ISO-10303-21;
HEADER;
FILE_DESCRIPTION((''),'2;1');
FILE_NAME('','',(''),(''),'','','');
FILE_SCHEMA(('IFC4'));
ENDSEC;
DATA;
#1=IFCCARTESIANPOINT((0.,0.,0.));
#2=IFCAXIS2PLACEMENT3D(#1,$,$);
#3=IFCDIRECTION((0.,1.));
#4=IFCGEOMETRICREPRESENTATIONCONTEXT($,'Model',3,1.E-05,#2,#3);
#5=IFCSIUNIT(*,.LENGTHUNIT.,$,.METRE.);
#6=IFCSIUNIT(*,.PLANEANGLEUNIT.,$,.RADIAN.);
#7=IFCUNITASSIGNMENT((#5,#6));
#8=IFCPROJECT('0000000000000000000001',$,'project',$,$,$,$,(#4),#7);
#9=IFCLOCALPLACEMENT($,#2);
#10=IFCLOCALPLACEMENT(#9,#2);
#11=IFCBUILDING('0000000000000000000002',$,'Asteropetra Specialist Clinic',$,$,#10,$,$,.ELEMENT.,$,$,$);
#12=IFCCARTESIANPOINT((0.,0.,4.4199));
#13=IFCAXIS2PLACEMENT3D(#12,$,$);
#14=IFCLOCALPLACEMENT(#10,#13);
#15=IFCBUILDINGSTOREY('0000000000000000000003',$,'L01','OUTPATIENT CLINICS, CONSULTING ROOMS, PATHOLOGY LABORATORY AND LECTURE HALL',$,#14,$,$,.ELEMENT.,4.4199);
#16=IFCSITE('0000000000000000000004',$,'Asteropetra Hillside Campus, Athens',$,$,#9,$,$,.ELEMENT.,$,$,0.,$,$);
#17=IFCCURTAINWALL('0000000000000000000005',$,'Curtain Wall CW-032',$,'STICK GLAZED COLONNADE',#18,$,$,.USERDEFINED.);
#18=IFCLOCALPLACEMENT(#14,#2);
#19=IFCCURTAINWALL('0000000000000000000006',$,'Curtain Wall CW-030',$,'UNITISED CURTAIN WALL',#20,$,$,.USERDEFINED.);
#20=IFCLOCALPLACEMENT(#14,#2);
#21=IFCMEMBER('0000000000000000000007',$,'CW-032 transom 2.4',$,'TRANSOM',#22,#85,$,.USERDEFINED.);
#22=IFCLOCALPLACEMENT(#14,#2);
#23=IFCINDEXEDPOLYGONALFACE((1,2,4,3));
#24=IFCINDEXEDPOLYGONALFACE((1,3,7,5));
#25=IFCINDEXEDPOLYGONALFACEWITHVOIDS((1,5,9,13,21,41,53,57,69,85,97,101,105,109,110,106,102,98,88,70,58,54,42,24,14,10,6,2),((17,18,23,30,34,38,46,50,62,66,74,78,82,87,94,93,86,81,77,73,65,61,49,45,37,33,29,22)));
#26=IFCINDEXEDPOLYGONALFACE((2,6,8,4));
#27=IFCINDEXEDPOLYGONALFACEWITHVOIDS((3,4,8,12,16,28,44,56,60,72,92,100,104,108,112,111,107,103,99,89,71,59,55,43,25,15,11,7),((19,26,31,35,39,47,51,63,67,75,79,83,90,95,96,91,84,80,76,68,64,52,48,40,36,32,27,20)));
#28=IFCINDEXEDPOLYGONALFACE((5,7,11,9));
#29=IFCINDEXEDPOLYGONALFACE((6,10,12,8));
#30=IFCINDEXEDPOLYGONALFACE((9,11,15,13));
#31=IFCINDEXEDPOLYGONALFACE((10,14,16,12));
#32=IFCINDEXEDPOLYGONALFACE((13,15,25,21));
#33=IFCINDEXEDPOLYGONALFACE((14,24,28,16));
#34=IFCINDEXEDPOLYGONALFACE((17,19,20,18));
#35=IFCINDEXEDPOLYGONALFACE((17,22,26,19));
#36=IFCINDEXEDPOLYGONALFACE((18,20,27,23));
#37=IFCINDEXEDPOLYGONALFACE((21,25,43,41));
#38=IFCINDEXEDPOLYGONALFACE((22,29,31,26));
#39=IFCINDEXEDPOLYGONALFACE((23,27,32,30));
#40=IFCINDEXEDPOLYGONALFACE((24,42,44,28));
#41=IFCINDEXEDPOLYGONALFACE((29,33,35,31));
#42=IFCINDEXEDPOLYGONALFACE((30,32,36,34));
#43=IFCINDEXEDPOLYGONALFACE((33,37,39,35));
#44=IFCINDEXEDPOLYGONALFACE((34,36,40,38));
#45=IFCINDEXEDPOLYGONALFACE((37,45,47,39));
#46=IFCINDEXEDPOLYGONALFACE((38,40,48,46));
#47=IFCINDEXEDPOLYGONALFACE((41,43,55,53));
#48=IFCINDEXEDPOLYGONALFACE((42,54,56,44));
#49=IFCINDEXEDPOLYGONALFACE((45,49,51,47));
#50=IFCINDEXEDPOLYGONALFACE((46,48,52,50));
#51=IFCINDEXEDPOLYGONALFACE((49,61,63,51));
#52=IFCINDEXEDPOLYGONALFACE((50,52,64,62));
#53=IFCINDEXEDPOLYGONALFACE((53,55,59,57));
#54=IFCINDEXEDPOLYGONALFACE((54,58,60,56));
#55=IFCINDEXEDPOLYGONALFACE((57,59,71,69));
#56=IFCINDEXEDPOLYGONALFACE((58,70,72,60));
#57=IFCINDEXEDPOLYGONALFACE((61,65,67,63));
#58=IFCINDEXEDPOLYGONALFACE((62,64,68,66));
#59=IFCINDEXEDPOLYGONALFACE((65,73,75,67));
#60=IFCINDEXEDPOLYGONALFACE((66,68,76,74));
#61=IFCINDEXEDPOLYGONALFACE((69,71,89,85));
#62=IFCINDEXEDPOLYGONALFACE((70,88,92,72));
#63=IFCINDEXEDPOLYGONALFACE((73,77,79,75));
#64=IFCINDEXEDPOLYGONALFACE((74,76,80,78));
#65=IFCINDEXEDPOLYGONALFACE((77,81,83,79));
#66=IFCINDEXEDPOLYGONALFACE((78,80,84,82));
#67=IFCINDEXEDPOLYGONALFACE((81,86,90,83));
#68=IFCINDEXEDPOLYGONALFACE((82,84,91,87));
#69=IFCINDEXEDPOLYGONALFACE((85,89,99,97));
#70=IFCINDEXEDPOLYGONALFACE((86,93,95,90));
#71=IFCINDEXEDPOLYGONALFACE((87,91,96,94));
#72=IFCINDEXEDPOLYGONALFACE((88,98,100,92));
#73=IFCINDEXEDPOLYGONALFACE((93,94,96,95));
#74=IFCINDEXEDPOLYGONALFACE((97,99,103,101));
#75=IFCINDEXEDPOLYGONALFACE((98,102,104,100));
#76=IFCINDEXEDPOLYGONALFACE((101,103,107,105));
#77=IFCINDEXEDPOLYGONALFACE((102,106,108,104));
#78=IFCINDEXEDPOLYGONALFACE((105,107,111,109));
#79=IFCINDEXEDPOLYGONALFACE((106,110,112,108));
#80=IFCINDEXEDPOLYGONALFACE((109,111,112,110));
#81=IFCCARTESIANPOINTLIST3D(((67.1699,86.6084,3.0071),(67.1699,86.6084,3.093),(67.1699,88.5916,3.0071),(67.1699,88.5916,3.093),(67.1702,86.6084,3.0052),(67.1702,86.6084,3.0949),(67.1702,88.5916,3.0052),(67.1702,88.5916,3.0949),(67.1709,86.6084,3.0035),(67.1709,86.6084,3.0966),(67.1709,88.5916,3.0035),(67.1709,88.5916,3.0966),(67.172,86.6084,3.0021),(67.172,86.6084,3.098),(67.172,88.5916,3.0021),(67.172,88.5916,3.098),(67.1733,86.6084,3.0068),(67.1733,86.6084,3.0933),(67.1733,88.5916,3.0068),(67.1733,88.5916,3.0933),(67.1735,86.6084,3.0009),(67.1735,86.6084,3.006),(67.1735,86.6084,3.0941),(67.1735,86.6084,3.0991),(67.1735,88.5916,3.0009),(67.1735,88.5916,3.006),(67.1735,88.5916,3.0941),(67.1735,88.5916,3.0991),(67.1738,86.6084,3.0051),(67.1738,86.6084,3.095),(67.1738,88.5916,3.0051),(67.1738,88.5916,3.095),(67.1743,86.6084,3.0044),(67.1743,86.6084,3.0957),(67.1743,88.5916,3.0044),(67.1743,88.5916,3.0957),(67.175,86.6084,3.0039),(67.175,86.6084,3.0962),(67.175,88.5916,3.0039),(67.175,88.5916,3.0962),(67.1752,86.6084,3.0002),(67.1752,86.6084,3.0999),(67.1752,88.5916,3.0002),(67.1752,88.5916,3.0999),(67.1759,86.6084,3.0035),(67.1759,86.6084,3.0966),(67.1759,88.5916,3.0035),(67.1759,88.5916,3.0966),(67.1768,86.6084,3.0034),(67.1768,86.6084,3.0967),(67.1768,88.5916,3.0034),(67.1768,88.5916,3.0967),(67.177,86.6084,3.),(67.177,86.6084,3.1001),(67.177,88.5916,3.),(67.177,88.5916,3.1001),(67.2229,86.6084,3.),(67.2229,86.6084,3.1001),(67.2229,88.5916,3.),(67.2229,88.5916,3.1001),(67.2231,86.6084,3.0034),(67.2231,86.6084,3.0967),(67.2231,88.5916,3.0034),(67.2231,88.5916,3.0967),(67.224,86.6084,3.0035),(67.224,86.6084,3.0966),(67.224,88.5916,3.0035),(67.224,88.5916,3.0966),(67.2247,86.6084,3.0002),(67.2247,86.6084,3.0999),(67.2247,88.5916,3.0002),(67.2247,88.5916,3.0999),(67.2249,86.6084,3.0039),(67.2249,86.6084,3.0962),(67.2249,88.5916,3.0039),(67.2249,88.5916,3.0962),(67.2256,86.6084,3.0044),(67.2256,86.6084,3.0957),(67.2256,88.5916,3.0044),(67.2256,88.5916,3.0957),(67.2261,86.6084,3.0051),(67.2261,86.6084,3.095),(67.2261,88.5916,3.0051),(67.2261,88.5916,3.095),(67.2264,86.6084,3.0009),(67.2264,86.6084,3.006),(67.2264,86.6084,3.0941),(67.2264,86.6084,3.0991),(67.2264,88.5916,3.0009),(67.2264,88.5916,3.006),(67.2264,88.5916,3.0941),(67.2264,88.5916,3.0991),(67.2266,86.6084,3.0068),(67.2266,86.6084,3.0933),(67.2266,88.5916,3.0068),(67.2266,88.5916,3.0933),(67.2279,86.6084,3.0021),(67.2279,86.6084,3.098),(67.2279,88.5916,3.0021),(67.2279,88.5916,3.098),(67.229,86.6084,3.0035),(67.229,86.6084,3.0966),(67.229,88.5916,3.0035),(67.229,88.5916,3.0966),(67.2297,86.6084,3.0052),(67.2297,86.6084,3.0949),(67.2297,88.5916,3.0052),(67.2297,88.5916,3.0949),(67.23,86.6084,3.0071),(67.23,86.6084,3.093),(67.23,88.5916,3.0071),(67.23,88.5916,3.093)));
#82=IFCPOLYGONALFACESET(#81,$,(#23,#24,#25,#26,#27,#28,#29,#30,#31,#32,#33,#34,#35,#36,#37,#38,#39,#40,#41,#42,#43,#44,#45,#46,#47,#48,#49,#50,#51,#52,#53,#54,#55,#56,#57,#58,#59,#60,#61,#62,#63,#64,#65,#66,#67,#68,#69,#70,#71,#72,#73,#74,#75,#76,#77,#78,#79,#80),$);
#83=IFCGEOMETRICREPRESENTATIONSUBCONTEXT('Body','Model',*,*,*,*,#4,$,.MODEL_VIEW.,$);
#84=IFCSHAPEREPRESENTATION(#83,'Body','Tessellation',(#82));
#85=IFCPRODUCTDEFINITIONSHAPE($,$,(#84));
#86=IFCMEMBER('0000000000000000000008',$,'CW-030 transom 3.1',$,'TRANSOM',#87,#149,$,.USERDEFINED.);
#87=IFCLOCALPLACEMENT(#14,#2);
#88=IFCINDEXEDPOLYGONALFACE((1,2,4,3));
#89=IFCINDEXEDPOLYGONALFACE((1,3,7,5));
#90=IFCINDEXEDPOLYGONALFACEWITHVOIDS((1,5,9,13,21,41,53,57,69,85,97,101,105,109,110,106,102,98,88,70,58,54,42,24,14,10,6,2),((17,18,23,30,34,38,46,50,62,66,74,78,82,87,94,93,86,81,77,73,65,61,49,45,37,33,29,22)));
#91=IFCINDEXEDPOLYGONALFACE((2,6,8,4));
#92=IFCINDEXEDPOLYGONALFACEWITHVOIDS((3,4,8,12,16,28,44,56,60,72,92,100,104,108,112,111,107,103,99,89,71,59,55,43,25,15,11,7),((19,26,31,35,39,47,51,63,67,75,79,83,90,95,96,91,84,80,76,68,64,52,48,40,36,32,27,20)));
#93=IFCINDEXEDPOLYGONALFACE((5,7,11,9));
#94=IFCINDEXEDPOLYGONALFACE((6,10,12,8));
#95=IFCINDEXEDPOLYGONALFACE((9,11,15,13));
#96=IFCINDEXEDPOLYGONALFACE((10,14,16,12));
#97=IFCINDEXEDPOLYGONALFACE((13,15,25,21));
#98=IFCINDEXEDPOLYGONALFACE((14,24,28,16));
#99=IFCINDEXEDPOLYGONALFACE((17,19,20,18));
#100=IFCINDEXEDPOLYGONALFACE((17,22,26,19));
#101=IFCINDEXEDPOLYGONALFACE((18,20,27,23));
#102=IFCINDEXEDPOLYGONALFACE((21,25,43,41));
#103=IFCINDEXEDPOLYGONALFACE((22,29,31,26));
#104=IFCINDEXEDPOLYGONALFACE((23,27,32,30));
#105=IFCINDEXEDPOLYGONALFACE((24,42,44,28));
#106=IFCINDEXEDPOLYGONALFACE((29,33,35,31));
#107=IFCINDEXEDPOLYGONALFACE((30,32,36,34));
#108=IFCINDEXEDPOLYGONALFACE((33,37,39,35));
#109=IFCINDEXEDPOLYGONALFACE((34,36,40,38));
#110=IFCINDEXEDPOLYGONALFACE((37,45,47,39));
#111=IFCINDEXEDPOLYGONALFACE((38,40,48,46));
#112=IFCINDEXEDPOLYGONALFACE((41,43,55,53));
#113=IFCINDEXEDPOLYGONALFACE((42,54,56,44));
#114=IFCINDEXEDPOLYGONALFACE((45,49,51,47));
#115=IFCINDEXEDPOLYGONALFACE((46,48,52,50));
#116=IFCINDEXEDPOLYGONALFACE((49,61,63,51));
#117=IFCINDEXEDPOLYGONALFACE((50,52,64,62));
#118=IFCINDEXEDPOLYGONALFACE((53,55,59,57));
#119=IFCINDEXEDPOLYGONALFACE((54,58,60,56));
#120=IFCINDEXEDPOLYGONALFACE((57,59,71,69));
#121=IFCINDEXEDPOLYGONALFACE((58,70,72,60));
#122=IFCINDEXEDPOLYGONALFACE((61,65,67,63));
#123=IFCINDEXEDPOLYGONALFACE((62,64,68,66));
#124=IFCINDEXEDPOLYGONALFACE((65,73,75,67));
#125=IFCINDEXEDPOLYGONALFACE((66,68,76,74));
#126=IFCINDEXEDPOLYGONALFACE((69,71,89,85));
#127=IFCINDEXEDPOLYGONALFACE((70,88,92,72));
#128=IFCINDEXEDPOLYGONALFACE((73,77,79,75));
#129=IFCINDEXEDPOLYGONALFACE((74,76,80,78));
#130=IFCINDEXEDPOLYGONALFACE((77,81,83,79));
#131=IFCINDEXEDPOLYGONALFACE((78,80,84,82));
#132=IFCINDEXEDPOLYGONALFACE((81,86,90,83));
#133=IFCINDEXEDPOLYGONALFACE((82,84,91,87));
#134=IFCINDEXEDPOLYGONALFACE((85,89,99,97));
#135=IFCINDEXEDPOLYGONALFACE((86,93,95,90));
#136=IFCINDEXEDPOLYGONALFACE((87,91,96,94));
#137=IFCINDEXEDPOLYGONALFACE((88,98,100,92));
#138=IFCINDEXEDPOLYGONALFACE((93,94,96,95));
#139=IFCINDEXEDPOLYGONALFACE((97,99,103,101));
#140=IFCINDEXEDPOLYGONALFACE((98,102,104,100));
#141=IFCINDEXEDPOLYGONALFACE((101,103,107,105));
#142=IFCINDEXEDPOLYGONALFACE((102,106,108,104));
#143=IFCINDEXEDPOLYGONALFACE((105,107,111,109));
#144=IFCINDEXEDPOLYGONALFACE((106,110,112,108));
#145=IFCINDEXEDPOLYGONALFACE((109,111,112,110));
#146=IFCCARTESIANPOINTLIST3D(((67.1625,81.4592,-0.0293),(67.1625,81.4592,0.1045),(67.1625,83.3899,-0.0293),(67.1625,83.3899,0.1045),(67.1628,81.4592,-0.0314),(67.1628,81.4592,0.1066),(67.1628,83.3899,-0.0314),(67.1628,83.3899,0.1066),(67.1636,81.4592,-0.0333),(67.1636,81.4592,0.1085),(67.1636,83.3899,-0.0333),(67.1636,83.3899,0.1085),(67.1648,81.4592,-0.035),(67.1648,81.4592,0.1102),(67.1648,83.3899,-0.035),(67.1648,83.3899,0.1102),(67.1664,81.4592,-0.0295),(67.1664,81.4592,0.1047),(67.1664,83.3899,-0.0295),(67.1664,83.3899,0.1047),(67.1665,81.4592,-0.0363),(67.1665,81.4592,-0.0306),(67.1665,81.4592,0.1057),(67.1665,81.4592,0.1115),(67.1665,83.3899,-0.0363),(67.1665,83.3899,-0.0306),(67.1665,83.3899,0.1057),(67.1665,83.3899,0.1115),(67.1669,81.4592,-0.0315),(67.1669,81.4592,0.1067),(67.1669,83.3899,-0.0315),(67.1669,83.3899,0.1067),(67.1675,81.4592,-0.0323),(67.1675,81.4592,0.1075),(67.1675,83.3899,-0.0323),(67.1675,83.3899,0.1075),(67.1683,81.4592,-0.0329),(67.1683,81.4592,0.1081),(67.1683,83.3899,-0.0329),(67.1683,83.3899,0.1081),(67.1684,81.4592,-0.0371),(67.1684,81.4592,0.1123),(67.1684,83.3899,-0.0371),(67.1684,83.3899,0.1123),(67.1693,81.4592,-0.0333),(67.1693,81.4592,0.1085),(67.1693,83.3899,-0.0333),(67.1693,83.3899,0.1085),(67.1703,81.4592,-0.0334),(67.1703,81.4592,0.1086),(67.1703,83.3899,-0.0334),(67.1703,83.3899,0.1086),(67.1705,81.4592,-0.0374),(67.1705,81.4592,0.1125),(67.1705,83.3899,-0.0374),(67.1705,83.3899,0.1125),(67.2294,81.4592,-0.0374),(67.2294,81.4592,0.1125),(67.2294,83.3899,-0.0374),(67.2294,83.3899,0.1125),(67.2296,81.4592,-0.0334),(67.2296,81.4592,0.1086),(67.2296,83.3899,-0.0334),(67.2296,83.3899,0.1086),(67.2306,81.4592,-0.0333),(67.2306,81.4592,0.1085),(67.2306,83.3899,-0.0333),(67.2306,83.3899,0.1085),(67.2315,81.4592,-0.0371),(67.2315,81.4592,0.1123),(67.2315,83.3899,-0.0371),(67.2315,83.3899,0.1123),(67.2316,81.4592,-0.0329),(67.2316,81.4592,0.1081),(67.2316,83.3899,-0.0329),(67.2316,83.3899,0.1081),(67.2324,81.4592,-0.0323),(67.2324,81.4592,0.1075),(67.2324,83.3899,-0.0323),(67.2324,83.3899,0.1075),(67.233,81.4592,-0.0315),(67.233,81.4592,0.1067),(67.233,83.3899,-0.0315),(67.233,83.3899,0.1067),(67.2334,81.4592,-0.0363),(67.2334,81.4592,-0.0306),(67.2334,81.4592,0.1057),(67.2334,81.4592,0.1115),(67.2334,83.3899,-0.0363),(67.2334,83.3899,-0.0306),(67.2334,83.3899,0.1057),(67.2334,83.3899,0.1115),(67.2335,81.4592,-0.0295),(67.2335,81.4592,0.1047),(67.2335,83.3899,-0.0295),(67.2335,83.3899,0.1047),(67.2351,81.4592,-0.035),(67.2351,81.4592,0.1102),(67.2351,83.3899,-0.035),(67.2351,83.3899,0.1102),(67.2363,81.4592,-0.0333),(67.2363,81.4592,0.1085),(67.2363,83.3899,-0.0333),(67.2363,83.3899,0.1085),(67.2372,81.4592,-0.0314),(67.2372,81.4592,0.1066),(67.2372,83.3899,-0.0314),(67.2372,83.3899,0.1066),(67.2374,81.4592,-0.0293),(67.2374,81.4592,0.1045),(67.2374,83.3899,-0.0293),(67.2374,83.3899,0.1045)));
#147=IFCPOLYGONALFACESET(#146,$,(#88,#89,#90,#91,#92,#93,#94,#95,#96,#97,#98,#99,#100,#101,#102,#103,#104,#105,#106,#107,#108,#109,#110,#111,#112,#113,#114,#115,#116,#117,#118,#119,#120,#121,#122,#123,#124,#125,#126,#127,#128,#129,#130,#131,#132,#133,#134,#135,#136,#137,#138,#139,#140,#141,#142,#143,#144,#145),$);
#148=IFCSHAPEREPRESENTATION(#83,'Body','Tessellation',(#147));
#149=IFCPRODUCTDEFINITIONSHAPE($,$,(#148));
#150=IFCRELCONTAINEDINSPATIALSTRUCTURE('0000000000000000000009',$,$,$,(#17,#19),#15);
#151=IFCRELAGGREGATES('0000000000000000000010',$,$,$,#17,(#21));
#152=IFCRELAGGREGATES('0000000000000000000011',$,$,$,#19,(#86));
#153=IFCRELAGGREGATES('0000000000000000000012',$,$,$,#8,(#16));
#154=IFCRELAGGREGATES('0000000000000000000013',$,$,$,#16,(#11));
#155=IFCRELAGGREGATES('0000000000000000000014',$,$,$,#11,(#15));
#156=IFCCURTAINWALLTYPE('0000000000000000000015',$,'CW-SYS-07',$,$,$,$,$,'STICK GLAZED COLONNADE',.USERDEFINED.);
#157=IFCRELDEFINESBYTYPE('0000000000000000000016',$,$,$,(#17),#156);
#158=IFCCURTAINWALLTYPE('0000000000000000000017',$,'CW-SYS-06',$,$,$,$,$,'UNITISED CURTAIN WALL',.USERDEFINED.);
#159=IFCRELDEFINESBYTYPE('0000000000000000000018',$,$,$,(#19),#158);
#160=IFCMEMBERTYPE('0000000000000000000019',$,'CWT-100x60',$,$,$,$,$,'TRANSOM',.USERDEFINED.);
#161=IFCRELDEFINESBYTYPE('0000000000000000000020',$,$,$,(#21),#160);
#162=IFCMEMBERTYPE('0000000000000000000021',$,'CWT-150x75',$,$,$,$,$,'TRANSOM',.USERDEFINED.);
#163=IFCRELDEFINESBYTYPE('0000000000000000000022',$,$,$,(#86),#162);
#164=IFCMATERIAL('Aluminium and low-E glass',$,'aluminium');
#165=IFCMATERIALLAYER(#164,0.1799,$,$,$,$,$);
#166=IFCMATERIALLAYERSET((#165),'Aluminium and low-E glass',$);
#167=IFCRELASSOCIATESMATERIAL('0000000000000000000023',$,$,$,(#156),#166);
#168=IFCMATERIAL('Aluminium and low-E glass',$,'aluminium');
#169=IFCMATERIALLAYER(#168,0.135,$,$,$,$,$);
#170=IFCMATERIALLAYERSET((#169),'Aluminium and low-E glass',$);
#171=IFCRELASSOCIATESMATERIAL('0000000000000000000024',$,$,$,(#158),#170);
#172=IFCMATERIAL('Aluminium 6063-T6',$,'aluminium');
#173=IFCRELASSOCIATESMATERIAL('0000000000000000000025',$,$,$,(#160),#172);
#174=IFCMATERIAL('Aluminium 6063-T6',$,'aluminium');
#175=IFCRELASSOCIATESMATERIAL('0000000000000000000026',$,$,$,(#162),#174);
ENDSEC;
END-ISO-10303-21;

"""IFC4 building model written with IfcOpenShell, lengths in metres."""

from ifc_helpers import new_model, si_unit, direction, frame, origin, origin_2d, place, context, subcontext, project, spatial, hollow_rectangle, extrude, material, layer, layer_set, material_profile, profile_set, type_object, element, aggregate, save


model = new_model("IFC4")

# Units and contexts
model_context = context("Model", 3, precision=1e-05, world=origin(), true_north=direction((0.0, 1.0)))
body_context = subcontext(model_context, "Body", "Model", "MODEL_VIEW")
ifc_project = project(units=[si_unit("LENGTHUNIT", "METRE"), si_unit("PLANEANGLEUNIT", "RADIAN")], contexts=[model_context])

# Site, building, storey
site_placement = place(None, origin())
site = spatial("IfcSite", under=ifc_project, at=site_placement, Name="Asteropetra Hillside Campus, Athens", CompositionType="ELEMENT", RefElevation=0.0)
building_placement = place(site_placement, origin())
building = spatial("IfcBuilding", under=site, at=building_placement, Name="Asteropetra Specialist Clinic", CompositionType="ELEMENT")
storey_placement = place(building_placement, frame((0.0, 0.0, 4.4199)))
storey = spatial("IfcBuildingStorey", under=building, at=storey_placement, Name="L01", Description="OUTPATIENT CLINICS, CONSULTING ROOMS, PATHOLOGY LABORATORY AND LECTURE HALL", CompositionType="ELEMENT", Elevation=4.4199)

# Curtain wall
ifc_material_1 = material(Name="Aluminium and low-E glass", Category="aluminium")
ifc_layer_1 = layer(ifc_material_1, 0.1799)
ifc_layer_set_1 = layer_set([ifc_layer_1], Name="Aluminium and low-E glass")
curtain_wall_type_1 = type_object("IfcCurtainWallType", Name="CW-SYS-07", ElementType="STICK GLAZED COLONNADE", PredefinedType="USERDEFINED", material=ifc_layer_set_1)
curtain_wall_1_placement = place(storey_placement, origin())
curtain_wall_1 = element("IfcCurtainWall", 1, at=curtain_wall_1_placement, inside=storey, type_object=curtain_wall_type_1, Name="Curtain Wall CW-032", ObjectType="STICK GLAZED COLONNADE", PredefinedType="USERDEFINED")

# Curtain wall
ifc_material_2 = material(Name="Aluminium and low-E glass", Category="aluminium")
ifc_layer_2 = layer(ifc_material_2, 0.135)
ifc_layer_set_2 = layer_set([ifc_layer_2], Name="Aluminium and low-E glass")
curtain_wall_type_2 = type_object("IfcCurtainWallType", Name="CW-SYS-06", ElementType="UNITISED CURTAIN WALL", PredefinedType="USERDEFINED", material=ifc_layer_set_2)
curtain_wall_2_placement = place(storey_placement, origin())
curtain_wall_2 = element("IfcCurtainWall", 2, at=curtain_wall_2_placement, inside=storey, type_object=curtain_wall_type_2, Name="Curtain Wall CW-030", ObjectType="UNITISED CURTAIN WALL", PredefinedType="USERDEFINED")

# Members
ifc_material_3 = material(Name="Aluminium 6063-T6", Category="aluminium")
ifc_material_profile_1 = material_profile(ifc_material_3, hollow_rectangle(XDim=0.0601, YDim=0.1001, WallThickness=0.0034, InnerFilletRadius=0.0034, OuterFilletRadius=0.0071, at=origin_2d()), Name="TRN 100x60x3.5")
ifc_profile_set_1 = profile_set([ifc_material_profile_1], Name="Aluminium 6063-T6")
member_type_1 = type_object("IfcMemberType", Name="CWT-100x60", ElementType="TRANSOM", PredefinedType="USERDEFINED", material=ifc_profile_set_1)
member_1_placement = place(storey_placement, frame((67.2, 86.6084, 3.05), z_axis=(0.0, 1.0, 0.0), x_axis=(-1.0, 0.0, 0.0)))
member_1 = element("IfcMember", 3, at=member_1_placement, type_object=member_type_1, Name="CW-032 transom 2.4", ObjectType="TRANSOM", PredefinedType="USERDEFINED", context=body_context, shape_type="SweptSolid", body=[
    extrude(hollow_rectangle(XDim=0.0601, YDim=0.1001, WallThickness=0.0034, InnerFilletRadius=0.0034, OuterFilletRadius=0.0071, at=origin_2d()), origin(), (0.0, 0.0, 1.0), 1.9832),
])
ifc_material_4 = material(Name="Aluminium 6063-T6", Category="aluminium")
ifc_material_profile_2 = material_profile(ifc_material_4, hollow_rectangle(XDim=0.075, YDim=0.1499, WallThickness=0.0039, InnerFilletRadius=0.0039, OuterFilletRadius=0.0081, at=origin_2d()), Name="TRN 150x75x4.0")
ifc_profile_set_2 = profile_set([ifc_material_profile_2], Name="Aluminium 6063-T6")
member_type_2 = type_object("IfcMemberType", Name="CWT-150x75", ElementType="TRANSOM", PredefinedType="USERDEFINED", material=ifc_profile_set_2)
member_2_placement = place(storey_placement, frame((67.2, 81.4592, 0.0376), z_axis=(0.0, 1.0, 0.0), x_axis=(-1.0, 0.0, 0.0)))
member_2 = element("IfcMember", 4, at=member_2_placement, type_object=member_type_2, Name="CW-030 transom 3.1", ObjectType="TRANSOM", PredefinedType="USERDEFINED", context=body_context, shape_type="SweptSolid", body=[
    extrude(hollow_rectangle(XDim=0.075, YDim=0.1499, WallThickness=0.0039, InnerFilletRadius=0.0039, OuterFilletRadius=0.0081, at=origin_2d()), origin(), (0.0, 0.0, 1.0), 1.9307),
])

aggregate(curtain_wall_1, [member_1])
aggregate(curtain_wall_2, [member_2])

save(model, "model.ifc")
